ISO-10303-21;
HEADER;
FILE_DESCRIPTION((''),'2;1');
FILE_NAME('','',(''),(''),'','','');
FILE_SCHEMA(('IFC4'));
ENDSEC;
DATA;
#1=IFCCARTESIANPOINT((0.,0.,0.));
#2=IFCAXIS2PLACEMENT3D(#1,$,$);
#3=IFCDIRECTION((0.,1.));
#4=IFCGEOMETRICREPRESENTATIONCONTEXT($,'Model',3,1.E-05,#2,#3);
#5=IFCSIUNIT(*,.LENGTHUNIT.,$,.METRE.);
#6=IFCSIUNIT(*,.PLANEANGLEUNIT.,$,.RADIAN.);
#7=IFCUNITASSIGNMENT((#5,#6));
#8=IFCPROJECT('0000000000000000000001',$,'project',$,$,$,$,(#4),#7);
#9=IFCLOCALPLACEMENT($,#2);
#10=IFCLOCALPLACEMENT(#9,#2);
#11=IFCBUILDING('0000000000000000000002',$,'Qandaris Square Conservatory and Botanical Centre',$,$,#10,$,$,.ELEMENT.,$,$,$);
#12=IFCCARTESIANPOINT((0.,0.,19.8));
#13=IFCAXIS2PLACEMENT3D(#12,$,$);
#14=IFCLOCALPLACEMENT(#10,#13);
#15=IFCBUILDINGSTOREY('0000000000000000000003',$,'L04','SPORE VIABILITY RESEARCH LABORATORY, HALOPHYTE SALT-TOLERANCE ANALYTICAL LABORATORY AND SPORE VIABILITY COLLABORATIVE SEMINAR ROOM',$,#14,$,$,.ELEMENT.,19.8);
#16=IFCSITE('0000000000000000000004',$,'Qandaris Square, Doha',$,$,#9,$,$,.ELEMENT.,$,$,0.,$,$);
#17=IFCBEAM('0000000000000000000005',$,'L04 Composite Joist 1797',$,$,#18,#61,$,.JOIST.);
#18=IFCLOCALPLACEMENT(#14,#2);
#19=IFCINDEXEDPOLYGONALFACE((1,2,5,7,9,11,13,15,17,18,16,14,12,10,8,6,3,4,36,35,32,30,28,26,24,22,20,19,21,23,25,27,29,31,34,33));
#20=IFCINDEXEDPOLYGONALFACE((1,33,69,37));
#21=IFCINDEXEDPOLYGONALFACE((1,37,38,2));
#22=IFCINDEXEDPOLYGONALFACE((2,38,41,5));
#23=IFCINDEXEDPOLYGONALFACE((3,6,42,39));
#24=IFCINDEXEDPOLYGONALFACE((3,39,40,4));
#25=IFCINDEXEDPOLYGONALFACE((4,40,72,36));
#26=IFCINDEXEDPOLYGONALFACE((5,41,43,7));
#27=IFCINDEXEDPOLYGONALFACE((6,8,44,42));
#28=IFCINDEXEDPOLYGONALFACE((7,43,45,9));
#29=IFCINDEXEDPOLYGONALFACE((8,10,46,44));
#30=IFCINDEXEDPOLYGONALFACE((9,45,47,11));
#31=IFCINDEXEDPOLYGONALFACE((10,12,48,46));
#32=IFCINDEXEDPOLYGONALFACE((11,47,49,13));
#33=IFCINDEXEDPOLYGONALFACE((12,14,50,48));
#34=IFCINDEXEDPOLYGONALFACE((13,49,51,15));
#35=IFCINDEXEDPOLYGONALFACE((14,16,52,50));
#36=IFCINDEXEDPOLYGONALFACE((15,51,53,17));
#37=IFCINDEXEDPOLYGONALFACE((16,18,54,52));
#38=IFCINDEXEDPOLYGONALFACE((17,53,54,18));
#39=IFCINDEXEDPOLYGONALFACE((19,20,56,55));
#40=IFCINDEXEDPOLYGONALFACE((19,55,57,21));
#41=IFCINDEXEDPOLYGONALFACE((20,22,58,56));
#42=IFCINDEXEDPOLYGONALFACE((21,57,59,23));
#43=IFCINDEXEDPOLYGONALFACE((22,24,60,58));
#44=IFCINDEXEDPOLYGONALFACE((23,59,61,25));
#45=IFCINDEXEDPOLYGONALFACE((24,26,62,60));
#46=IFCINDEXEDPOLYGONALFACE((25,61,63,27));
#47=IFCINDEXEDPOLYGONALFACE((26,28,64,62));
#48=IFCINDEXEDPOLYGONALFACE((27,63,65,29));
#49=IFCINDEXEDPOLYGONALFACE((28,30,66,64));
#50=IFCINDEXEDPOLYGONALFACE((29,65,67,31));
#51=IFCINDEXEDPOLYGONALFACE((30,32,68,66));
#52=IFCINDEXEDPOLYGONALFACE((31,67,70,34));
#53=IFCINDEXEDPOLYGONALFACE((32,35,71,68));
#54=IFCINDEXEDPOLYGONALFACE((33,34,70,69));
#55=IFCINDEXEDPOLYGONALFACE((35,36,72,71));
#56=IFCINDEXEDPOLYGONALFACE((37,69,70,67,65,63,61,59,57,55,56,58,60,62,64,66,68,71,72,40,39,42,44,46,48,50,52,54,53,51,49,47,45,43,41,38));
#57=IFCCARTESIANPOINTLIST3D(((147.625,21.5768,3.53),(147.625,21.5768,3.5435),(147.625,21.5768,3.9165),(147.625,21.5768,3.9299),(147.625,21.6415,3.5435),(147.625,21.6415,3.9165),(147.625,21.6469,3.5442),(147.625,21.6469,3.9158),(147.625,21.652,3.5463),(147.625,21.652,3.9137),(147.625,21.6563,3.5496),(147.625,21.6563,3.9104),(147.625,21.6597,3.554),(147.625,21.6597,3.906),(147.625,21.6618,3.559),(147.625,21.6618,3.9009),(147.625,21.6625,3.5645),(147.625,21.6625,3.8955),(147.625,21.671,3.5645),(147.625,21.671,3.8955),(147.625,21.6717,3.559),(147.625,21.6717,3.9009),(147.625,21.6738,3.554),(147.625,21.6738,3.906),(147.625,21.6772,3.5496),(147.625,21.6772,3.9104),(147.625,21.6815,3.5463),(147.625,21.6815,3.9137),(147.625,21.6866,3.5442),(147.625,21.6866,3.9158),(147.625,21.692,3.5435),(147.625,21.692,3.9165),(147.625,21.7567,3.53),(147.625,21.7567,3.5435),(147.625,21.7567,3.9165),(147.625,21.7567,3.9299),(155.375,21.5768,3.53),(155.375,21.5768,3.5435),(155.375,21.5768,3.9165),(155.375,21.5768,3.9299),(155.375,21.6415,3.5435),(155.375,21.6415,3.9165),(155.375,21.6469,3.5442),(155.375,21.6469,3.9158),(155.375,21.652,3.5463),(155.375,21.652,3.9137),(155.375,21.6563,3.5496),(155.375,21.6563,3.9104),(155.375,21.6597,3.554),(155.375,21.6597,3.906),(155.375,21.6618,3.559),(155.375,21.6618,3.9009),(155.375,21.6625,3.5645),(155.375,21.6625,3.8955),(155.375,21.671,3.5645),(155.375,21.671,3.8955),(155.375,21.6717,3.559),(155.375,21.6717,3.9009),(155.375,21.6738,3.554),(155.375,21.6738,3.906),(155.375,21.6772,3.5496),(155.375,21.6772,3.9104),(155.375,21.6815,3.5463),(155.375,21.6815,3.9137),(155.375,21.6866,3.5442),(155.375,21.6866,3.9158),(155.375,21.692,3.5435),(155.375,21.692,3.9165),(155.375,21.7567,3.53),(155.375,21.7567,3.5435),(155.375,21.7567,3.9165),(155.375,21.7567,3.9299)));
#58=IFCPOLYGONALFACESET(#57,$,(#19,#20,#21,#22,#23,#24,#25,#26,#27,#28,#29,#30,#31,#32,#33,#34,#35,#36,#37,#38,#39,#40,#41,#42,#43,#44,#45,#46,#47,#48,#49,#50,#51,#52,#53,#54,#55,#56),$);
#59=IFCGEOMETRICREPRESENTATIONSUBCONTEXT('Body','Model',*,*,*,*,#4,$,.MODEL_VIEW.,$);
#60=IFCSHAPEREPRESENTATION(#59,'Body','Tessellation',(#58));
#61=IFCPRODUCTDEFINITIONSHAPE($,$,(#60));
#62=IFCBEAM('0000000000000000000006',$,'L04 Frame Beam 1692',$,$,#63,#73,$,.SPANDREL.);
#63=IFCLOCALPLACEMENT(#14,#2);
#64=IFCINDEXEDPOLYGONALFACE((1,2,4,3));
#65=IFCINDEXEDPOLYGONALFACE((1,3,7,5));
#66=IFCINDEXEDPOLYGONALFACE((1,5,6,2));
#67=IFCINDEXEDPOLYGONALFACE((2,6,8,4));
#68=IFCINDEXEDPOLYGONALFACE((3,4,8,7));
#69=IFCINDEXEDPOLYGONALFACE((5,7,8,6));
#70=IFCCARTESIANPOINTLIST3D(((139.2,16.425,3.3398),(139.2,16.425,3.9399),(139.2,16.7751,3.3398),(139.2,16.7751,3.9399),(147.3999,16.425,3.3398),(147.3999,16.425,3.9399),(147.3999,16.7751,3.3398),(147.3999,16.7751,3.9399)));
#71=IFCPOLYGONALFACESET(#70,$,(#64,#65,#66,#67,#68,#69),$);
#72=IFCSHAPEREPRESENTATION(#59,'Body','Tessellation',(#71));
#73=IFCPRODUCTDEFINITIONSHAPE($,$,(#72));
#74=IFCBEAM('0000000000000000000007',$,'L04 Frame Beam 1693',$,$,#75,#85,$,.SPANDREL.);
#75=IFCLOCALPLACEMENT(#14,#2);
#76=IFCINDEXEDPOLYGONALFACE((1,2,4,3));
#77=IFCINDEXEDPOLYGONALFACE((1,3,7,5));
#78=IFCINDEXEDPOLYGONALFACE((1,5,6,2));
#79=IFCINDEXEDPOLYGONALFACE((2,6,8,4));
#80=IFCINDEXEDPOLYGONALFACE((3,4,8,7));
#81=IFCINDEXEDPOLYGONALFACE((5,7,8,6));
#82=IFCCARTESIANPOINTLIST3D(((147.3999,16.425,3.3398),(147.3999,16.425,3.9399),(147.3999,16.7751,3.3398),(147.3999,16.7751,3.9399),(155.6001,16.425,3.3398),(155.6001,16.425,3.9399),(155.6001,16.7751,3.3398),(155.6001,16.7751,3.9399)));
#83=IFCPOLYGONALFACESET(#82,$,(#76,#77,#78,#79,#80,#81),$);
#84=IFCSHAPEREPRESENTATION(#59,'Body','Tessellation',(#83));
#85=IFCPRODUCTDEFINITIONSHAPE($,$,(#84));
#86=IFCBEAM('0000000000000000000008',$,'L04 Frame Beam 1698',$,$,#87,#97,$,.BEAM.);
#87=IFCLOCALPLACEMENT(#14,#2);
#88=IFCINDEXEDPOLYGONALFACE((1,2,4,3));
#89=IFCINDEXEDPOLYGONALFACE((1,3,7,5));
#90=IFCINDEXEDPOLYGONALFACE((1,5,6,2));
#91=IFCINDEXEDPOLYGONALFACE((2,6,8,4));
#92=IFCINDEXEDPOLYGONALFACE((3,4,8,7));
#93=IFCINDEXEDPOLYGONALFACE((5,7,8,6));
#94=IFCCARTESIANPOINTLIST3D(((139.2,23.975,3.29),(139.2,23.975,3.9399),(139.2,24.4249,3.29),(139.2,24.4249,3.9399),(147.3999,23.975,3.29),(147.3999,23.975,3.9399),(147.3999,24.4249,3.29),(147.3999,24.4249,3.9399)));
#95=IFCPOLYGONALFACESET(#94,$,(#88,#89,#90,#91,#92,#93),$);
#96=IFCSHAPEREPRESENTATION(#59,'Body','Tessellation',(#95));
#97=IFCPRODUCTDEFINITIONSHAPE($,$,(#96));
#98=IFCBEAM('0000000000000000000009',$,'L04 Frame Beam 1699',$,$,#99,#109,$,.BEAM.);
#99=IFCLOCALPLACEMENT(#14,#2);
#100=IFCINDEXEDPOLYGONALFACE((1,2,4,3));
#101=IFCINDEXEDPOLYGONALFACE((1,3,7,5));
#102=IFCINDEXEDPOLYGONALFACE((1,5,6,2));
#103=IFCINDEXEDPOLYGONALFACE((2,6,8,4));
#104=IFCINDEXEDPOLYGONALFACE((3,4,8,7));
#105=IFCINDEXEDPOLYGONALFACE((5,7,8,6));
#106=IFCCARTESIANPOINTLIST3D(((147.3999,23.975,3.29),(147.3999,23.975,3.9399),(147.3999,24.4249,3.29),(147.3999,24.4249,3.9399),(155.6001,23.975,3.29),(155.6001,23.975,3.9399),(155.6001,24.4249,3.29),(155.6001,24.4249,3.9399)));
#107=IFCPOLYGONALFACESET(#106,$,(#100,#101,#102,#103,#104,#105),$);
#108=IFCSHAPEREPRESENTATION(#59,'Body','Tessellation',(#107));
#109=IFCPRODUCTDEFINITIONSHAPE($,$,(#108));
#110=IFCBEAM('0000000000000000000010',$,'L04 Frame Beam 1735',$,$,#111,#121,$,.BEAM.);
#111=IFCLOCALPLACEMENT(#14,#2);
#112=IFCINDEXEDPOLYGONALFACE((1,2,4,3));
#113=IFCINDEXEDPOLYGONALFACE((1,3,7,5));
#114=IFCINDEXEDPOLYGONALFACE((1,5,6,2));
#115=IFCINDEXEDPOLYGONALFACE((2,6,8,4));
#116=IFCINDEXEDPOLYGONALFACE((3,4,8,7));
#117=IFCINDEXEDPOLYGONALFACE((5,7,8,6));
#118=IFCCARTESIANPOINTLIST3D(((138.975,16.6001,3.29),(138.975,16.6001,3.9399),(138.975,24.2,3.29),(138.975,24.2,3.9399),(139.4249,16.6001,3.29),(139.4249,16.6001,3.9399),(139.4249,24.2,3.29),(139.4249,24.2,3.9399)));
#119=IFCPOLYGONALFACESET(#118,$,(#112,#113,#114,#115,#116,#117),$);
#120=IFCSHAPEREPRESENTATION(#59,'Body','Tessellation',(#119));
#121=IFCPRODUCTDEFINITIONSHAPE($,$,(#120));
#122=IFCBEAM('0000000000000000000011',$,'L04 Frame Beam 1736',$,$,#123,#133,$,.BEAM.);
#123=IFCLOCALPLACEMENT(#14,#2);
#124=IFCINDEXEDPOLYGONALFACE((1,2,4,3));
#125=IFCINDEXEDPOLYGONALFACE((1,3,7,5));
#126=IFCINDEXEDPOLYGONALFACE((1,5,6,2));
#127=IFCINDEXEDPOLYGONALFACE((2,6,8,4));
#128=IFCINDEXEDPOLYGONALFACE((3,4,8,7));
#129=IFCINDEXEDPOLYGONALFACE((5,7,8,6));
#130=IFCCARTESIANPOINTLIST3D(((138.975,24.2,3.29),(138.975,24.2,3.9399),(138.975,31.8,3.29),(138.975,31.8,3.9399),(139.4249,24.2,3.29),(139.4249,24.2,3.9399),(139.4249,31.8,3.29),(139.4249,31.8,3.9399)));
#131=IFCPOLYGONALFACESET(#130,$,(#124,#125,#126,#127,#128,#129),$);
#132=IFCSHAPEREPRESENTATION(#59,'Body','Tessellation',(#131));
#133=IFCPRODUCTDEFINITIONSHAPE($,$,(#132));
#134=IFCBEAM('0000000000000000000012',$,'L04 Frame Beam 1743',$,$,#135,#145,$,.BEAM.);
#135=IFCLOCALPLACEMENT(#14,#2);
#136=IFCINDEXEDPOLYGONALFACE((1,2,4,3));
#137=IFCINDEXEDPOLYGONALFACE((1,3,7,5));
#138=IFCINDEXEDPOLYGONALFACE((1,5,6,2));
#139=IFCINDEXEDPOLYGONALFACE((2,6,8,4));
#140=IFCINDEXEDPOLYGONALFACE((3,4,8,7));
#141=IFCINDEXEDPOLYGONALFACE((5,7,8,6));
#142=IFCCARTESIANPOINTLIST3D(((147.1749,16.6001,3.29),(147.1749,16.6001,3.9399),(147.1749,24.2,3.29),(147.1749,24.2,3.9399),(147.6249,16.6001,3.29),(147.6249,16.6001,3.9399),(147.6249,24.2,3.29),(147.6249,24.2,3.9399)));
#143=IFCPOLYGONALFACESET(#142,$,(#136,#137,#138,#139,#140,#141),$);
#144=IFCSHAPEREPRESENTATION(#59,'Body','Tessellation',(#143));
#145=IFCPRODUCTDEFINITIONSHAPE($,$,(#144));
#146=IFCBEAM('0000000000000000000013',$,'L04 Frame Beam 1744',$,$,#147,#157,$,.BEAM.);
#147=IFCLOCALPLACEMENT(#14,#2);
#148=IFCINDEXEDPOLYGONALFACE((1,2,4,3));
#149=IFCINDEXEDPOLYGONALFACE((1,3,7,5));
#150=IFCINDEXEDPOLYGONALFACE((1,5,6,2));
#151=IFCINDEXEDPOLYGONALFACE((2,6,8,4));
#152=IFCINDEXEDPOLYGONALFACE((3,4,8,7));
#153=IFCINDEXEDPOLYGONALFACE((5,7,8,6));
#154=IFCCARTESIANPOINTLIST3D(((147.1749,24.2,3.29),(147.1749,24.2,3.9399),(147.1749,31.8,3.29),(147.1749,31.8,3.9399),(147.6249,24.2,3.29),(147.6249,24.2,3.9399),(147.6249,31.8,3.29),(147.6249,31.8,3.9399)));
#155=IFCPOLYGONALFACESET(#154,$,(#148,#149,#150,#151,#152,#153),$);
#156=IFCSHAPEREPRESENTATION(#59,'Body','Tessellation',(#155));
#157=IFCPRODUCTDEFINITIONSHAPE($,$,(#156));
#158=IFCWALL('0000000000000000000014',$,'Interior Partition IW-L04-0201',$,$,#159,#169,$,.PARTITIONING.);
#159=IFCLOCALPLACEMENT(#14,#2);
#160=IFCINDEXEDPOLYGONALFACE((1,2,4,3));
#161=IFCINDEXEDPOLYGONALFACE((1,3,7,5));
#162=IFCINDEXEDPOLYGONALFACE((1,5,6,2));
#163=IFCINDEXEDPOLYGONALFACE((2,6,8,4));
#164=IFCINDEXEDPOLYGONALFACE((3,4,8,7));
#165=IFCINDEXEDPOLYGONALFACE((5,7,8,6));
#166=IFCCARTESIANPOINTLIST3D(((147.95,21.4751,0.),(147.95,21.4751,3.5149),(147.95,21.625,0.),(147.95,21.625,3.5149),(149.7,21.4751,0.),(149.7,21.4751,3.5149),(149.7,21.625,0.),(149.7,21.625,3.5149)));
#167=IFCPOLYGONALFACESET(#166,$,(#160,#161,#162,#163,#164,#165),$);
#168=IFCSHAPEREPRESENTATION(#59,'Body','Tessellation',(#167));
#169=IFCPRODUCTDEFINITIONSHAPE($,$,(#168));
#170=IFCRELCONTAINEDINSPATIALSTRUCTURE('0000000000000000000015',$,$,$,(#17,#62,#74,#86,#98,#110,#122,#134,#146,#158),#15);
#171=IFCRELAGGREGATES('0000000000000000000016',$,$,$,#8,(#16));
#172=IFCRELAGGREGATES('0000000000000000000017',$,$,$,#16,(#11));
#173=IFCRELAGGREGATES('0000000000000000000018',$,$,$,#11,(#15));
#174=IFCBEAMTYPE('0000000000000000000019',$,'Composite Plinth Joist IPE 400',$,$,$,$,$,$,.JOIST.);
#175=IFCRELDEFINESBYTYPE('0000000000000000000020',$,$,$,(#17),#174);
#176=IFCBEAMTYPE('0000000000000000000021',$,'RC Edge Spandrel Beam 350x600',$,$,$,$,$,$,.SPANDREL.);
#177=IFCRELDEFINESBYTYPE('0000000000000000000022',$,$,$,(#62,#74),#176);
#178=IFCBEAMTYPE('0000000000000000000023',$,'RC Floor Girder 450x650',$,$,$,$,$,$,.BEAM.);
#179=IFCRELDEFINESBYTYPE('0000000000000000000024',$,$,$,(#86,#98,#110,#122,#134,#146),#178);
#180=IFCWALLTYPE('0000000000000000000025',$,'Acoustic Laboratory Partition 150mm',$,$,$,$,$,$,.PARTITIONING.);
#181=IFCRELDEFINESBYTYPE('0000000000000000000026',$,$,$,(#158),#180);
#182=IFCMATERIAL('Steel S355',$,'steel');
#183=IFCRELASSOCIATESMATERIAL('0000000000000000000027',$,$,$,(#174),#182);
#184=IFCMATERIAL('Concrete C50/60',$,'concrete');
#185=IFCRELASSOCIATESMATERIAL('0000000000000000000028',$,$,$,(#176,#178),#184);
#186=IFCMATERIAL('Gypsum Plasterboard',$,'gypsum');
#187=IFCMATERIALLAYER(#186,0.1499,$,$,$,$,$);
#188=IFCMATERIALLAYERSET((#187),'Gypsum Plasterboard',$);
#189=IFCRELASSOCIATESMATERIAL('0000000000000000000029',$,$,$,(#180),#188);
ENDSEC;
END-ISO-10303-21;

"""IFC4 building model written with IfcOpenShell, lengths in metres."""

from ifc_helpers import new_model, si_unit, direction, frame, frame_2d, origin, origin_2d, place, context, subcontext, project, spatial, rectangle, i_section, extrude, material, layer, layer_set, material_profile, profile_set, type_object, element, save


model = new_model("IFC4")

# Units and contexts
model_context = context("Model", 3, precision=1e-05, world=origin(), true_north=direction((0.0, 1.0)))
body_context = subcontext(model_context, "Body", "Model", "MODEL_VIEW")
ifc_project = project(units=[si_unit("LENGTHUNIT", "METRE"), si_unit("PLANEANGLEUNIT", "RADIAN")], contexts=[model_context])

# Site, building, storey
site_placement = place(None, origin())
site = spatial("IfcSite", under=ifc_project, at=site_placement, Name="Qandaris Square, Doha", CompositionType="ELEMENT", RefElevation=0.0)
building_placement = place(site_placement, origin())
building = spatial("IfcBuilding", under=site, at=building_placement, Name="Qandaris Square Conservatory and Botanical Centre", CompositionType="ELEMENT")
storey_placement = place(building_placement, frame((0.0, 0.0, 19.8)))
storey = spatial("IfcBuildingStorey", under=building, at=storey_placement, Name="L04", Description="SPORE VIABILITY RESEARCH LABORATORY, HALOPHYTE SALT-TOLERANCE ANALYTICAL LABORATORY AND SPORE VIABILITY COLLABORATIVE SEMINAR ROOM", CompositionType="ELEMENT", Elevation=19.8)

# Shared definitions
ifc_material_1 = material(Name="Concrete C50/60", Category="concrete")

# Beams
ifc_material_2 = material(Name="Steel S355", Category="steel")
ifc_material_profile_1 = material_profile(ifc_material_2, i_section(OverallWidth=0.1799, OverallDepth=0.3999, WebThickness=0.0085, FlangeThickness=0.0134, FilletRadius=0.021, at=origin_2d()), Name="IPE 400")
ifc_profile_set_1 = profile_set([ifc_material_profile_1], Name="Steel S355")
beam_type_1 = type_object("IfcBeamType", Name="Composite Plinth Joist IPE 400", PredefinedType="JOIST", material=ifc_profile_set_1)
beam_1_placement = place(storey_placement, frame((147.625, 21.6667, 3.73), z_axis=(1.0, 0.0, 0.0), x_axis=(0.0, 1.0, 0.0)))
element("IfcBeam", 1, at=beam_1_placement, inside=storey, type_object=beam_type_1, Name="L04 Composite Joist 1797", PredefinedType="JOIST", context=body_context, shape_type="SweptSolid", body=[
    extrude(i_section(OverallWidth=0.1799, OverallDepth=0.3999, WebThickness=0.0085, FlangeThickness=0.0134, FilletRadius=0.021, at=origin_2d()), origin(), (0.0, 0.0, 1.0), 7.75),
])
ifc_material_profile_2 = material_profile(ifc_material_1, rectangle(XDim=0.3501, YDim=0.6001, at=origin_2d()), Name="RC-SP 350x600")
ifc_profile_set_2 = profile_set([ifc_material_profile_2], Name="Concrete C50/60")
beam_type_2 = type_object("IfcBeamType", Name="RC Edge Spandrel Beam 350x600", PredefinedType="SPANDREL", material=ifc_profile_set_2)
beam_2_placement = place(storey_placement, frame((139.2, 16.6001, 3.6399), z_axis=(1.0, 0.0, 0.0), x_axis=(0.0, 1.0, 0.0)))
element("IfcBeam", 2, at=beam_2_placement, inside=storey, type_object=beam_type_2, Name="L04 Frame Beam 1692", PredefinedType="SPANDREL", context=body_context, shape_type="SweptSolid", body=[
    extrude(rectangle(XDim=0.3501, YDim=0.6001, at=origin_2d()), origin(), (0.0, 0.0, 1.0), 8.2),
])
beam_3_placement = place(storey_placement, frame((147.3999, 16.6001, 3.6399), z_axis=(1.0, 0.0, 0.0), x_axis=(0.0, 1.0, 0.0)))
element("IfcBeam", 3, at=beam_3_placement, inside=storey, type_object=beam_type_2, Name="L04 Frame Beam 1693", PredefinedType="SPANDREL", context=body_context, shape_type="SweptSolid", body=[
    extrude(rectangle(XDim=0.3501, YDim=0.6001, at=origin_2d()), origin(), (0.0, 0.0, 1.0), 8.2002),
])
ifc_material_profile_3 = material_profile(ifc_material_1, rectangle(XDim=0.45, YDim=0.6499, at=origin_2d()), Name="RC-BM 450x650")
ifc_profile_set_3 = profile_set([ifc_material_profile_3], Name="Concrete C50/60")
beam_type_3 = type_object("IfcBeamType", Name="RC Floor Girder 450x650", PredefinedType="BEAM", material=ifc_profile_set_3)
beam_4_placement = place(storey_placement, frame((139.2, 24.2, 3.615), z_axis=(1.0, 0.0, 0.0), x_axis=(0.0, 1.0, 0.0)))
element("IfcBeam", 4, at=beam_4_placement, inside=storey, type_object=beam_type_3, Name="L04 Frame Beam 1698", PredefinedType="BEAM", context=body_context, shape_type="SweptSolid", body=[
    extrude(rectangle(XDim=0.45, YDim=0.6499, at=origin_2d()), origin(), (0.0, 0.0, 1.0), 8.2),
])
beam_5_placement = place(storey_placement, frame((147.3999, 24.2, 3.615), z_axis=(1.0, 0.0, 0.0), x_axis=(0.0, 1.0, 0.0)))
element("IfcBeam", 5, at=beam_5_placement, inside=storey, type_object=beam_type_3, Name="L04 Frame Beam 1699", PredefinedType="BEAM", context=body_context, shape_type="SweptSolid", body=[
    extrude(rectangle(XDim=0.45, YDim=0.6499, at=origin_2d()), origin(), (0.0, 0.0, 1.0), 8.2002),
])
beam_6_placement = place(storey_placement, frame((139.2, 16.6001, 3.615), z_axis=(0.0, 1.0, 0.0), x_axis=(-1.0, 0.0, 0.0)))
element("IfcBeam", 6, at=beam_6_placement, inside=storey, type_object=beam_type_3, Name="L04 Frame Beam 1735", PredefinedType="BEAM", context=body_context, shape_type="SweptSolid", body=[
    extrude(rectangle(XDim=0.45, YDim=0.6499, at=origin_2d()), origin(), (0.0, 0.0, 1.0), 7.5999),
])
beam_7_placement = place(storey_placement, frame((139.2, 24.2, 3.615), z_axis=(0.0, 1.0, 0.0), x_axis=(-1.0, 0.0, 0.0)))
element("IfcBeam", 7, at=beam_7_placement, inside=storey, type_object=beam_type_3, Name="L04 Frame Beam 1736", PredefinedType="BEAM", context=body_context, shape_type="SweptSolid", body=[
    extrude(rectangle(XDim=0.45, YDim=0.6499, at=origin_2d()), origin(), (0.0, 0.0, 1.0), 7.6001),
])
beam_8_placement = place(storey_placement, frame((147.3999, 16.6001, 3.615), z_axis=(0.0, 1.0, 0.0), x_axis=(-1.0, 0.0, 0.0)))
element("IfcBeam", 8, at=beam_8_placement, inside=storey, type_object=beam_type_3, Name="L04 Frame Beam 1743", PredefinedType="BEAM", context=body_context, shape_type="SweptSolid", body=[
    extrude(rectangle(XDim=0.45, YDim=0.6499, at=origin_2d()), origin(), (0.0, 0.0, 1.0), 7.5999),
])
beam_9_placement = place(storey_placement, frame((147.3999, 24.2, 3.615), z_axis=(0.0, 1.0, 0.0), x_axis=(-1.0, 0.0, 0.0)))
element("IfcBeam", 9, at=beam_9_placement, inside=storey, type_object=beam_type_3, Name="L04 Frame Beam 1744", PredefinedType="BEAM", context=body_context, shape_type="SweptSolid", body=[
    extrude(rectangle(XDim=0.45, YDim=0.6499, at=origin_2d()), origin(), (0.0, 0.0, 1.0), 7.6001),
])

# Wall
ifc_material_3 = material(Name="Gypsum Plasterboard", Category="gypsum")
ifc_layer_1 = layer(ifc_material_3, 0.1499)
ifc_layer_set_1 = layer_set([ifc_layer_1], Name="Gypsum Plasterboard")
wall_type_1 = type_object("IfcWallType", Name="Acoustic Laboratory Partition 150mm", PredefinedType="PARTITIONING", material=ifc_layer_set_1)
wall_1_placement = place(storey_placement, frame((149.7, 21.55, 0.0), z_axis=(0.0, 0.0, 1.0), x_axis=(-1.0, 0.0, 0.0)))
element("IfcWall", 10, at=wall_1_placement, inside=storey, type_object=wall_type_1, Name="Interior Partition IW-L04-0201", PredefinedType="PARTITIONING", context=body_context, shape_type="SweptSolid", body=[
    extrude(rectangle(XDim=1.75, YDim=0.1499, at=frame_2d((0.875, 0.0))), origin(), (0.0, 0.0, 1.0), 3.5149),
])

save(model, "model.ifc")
